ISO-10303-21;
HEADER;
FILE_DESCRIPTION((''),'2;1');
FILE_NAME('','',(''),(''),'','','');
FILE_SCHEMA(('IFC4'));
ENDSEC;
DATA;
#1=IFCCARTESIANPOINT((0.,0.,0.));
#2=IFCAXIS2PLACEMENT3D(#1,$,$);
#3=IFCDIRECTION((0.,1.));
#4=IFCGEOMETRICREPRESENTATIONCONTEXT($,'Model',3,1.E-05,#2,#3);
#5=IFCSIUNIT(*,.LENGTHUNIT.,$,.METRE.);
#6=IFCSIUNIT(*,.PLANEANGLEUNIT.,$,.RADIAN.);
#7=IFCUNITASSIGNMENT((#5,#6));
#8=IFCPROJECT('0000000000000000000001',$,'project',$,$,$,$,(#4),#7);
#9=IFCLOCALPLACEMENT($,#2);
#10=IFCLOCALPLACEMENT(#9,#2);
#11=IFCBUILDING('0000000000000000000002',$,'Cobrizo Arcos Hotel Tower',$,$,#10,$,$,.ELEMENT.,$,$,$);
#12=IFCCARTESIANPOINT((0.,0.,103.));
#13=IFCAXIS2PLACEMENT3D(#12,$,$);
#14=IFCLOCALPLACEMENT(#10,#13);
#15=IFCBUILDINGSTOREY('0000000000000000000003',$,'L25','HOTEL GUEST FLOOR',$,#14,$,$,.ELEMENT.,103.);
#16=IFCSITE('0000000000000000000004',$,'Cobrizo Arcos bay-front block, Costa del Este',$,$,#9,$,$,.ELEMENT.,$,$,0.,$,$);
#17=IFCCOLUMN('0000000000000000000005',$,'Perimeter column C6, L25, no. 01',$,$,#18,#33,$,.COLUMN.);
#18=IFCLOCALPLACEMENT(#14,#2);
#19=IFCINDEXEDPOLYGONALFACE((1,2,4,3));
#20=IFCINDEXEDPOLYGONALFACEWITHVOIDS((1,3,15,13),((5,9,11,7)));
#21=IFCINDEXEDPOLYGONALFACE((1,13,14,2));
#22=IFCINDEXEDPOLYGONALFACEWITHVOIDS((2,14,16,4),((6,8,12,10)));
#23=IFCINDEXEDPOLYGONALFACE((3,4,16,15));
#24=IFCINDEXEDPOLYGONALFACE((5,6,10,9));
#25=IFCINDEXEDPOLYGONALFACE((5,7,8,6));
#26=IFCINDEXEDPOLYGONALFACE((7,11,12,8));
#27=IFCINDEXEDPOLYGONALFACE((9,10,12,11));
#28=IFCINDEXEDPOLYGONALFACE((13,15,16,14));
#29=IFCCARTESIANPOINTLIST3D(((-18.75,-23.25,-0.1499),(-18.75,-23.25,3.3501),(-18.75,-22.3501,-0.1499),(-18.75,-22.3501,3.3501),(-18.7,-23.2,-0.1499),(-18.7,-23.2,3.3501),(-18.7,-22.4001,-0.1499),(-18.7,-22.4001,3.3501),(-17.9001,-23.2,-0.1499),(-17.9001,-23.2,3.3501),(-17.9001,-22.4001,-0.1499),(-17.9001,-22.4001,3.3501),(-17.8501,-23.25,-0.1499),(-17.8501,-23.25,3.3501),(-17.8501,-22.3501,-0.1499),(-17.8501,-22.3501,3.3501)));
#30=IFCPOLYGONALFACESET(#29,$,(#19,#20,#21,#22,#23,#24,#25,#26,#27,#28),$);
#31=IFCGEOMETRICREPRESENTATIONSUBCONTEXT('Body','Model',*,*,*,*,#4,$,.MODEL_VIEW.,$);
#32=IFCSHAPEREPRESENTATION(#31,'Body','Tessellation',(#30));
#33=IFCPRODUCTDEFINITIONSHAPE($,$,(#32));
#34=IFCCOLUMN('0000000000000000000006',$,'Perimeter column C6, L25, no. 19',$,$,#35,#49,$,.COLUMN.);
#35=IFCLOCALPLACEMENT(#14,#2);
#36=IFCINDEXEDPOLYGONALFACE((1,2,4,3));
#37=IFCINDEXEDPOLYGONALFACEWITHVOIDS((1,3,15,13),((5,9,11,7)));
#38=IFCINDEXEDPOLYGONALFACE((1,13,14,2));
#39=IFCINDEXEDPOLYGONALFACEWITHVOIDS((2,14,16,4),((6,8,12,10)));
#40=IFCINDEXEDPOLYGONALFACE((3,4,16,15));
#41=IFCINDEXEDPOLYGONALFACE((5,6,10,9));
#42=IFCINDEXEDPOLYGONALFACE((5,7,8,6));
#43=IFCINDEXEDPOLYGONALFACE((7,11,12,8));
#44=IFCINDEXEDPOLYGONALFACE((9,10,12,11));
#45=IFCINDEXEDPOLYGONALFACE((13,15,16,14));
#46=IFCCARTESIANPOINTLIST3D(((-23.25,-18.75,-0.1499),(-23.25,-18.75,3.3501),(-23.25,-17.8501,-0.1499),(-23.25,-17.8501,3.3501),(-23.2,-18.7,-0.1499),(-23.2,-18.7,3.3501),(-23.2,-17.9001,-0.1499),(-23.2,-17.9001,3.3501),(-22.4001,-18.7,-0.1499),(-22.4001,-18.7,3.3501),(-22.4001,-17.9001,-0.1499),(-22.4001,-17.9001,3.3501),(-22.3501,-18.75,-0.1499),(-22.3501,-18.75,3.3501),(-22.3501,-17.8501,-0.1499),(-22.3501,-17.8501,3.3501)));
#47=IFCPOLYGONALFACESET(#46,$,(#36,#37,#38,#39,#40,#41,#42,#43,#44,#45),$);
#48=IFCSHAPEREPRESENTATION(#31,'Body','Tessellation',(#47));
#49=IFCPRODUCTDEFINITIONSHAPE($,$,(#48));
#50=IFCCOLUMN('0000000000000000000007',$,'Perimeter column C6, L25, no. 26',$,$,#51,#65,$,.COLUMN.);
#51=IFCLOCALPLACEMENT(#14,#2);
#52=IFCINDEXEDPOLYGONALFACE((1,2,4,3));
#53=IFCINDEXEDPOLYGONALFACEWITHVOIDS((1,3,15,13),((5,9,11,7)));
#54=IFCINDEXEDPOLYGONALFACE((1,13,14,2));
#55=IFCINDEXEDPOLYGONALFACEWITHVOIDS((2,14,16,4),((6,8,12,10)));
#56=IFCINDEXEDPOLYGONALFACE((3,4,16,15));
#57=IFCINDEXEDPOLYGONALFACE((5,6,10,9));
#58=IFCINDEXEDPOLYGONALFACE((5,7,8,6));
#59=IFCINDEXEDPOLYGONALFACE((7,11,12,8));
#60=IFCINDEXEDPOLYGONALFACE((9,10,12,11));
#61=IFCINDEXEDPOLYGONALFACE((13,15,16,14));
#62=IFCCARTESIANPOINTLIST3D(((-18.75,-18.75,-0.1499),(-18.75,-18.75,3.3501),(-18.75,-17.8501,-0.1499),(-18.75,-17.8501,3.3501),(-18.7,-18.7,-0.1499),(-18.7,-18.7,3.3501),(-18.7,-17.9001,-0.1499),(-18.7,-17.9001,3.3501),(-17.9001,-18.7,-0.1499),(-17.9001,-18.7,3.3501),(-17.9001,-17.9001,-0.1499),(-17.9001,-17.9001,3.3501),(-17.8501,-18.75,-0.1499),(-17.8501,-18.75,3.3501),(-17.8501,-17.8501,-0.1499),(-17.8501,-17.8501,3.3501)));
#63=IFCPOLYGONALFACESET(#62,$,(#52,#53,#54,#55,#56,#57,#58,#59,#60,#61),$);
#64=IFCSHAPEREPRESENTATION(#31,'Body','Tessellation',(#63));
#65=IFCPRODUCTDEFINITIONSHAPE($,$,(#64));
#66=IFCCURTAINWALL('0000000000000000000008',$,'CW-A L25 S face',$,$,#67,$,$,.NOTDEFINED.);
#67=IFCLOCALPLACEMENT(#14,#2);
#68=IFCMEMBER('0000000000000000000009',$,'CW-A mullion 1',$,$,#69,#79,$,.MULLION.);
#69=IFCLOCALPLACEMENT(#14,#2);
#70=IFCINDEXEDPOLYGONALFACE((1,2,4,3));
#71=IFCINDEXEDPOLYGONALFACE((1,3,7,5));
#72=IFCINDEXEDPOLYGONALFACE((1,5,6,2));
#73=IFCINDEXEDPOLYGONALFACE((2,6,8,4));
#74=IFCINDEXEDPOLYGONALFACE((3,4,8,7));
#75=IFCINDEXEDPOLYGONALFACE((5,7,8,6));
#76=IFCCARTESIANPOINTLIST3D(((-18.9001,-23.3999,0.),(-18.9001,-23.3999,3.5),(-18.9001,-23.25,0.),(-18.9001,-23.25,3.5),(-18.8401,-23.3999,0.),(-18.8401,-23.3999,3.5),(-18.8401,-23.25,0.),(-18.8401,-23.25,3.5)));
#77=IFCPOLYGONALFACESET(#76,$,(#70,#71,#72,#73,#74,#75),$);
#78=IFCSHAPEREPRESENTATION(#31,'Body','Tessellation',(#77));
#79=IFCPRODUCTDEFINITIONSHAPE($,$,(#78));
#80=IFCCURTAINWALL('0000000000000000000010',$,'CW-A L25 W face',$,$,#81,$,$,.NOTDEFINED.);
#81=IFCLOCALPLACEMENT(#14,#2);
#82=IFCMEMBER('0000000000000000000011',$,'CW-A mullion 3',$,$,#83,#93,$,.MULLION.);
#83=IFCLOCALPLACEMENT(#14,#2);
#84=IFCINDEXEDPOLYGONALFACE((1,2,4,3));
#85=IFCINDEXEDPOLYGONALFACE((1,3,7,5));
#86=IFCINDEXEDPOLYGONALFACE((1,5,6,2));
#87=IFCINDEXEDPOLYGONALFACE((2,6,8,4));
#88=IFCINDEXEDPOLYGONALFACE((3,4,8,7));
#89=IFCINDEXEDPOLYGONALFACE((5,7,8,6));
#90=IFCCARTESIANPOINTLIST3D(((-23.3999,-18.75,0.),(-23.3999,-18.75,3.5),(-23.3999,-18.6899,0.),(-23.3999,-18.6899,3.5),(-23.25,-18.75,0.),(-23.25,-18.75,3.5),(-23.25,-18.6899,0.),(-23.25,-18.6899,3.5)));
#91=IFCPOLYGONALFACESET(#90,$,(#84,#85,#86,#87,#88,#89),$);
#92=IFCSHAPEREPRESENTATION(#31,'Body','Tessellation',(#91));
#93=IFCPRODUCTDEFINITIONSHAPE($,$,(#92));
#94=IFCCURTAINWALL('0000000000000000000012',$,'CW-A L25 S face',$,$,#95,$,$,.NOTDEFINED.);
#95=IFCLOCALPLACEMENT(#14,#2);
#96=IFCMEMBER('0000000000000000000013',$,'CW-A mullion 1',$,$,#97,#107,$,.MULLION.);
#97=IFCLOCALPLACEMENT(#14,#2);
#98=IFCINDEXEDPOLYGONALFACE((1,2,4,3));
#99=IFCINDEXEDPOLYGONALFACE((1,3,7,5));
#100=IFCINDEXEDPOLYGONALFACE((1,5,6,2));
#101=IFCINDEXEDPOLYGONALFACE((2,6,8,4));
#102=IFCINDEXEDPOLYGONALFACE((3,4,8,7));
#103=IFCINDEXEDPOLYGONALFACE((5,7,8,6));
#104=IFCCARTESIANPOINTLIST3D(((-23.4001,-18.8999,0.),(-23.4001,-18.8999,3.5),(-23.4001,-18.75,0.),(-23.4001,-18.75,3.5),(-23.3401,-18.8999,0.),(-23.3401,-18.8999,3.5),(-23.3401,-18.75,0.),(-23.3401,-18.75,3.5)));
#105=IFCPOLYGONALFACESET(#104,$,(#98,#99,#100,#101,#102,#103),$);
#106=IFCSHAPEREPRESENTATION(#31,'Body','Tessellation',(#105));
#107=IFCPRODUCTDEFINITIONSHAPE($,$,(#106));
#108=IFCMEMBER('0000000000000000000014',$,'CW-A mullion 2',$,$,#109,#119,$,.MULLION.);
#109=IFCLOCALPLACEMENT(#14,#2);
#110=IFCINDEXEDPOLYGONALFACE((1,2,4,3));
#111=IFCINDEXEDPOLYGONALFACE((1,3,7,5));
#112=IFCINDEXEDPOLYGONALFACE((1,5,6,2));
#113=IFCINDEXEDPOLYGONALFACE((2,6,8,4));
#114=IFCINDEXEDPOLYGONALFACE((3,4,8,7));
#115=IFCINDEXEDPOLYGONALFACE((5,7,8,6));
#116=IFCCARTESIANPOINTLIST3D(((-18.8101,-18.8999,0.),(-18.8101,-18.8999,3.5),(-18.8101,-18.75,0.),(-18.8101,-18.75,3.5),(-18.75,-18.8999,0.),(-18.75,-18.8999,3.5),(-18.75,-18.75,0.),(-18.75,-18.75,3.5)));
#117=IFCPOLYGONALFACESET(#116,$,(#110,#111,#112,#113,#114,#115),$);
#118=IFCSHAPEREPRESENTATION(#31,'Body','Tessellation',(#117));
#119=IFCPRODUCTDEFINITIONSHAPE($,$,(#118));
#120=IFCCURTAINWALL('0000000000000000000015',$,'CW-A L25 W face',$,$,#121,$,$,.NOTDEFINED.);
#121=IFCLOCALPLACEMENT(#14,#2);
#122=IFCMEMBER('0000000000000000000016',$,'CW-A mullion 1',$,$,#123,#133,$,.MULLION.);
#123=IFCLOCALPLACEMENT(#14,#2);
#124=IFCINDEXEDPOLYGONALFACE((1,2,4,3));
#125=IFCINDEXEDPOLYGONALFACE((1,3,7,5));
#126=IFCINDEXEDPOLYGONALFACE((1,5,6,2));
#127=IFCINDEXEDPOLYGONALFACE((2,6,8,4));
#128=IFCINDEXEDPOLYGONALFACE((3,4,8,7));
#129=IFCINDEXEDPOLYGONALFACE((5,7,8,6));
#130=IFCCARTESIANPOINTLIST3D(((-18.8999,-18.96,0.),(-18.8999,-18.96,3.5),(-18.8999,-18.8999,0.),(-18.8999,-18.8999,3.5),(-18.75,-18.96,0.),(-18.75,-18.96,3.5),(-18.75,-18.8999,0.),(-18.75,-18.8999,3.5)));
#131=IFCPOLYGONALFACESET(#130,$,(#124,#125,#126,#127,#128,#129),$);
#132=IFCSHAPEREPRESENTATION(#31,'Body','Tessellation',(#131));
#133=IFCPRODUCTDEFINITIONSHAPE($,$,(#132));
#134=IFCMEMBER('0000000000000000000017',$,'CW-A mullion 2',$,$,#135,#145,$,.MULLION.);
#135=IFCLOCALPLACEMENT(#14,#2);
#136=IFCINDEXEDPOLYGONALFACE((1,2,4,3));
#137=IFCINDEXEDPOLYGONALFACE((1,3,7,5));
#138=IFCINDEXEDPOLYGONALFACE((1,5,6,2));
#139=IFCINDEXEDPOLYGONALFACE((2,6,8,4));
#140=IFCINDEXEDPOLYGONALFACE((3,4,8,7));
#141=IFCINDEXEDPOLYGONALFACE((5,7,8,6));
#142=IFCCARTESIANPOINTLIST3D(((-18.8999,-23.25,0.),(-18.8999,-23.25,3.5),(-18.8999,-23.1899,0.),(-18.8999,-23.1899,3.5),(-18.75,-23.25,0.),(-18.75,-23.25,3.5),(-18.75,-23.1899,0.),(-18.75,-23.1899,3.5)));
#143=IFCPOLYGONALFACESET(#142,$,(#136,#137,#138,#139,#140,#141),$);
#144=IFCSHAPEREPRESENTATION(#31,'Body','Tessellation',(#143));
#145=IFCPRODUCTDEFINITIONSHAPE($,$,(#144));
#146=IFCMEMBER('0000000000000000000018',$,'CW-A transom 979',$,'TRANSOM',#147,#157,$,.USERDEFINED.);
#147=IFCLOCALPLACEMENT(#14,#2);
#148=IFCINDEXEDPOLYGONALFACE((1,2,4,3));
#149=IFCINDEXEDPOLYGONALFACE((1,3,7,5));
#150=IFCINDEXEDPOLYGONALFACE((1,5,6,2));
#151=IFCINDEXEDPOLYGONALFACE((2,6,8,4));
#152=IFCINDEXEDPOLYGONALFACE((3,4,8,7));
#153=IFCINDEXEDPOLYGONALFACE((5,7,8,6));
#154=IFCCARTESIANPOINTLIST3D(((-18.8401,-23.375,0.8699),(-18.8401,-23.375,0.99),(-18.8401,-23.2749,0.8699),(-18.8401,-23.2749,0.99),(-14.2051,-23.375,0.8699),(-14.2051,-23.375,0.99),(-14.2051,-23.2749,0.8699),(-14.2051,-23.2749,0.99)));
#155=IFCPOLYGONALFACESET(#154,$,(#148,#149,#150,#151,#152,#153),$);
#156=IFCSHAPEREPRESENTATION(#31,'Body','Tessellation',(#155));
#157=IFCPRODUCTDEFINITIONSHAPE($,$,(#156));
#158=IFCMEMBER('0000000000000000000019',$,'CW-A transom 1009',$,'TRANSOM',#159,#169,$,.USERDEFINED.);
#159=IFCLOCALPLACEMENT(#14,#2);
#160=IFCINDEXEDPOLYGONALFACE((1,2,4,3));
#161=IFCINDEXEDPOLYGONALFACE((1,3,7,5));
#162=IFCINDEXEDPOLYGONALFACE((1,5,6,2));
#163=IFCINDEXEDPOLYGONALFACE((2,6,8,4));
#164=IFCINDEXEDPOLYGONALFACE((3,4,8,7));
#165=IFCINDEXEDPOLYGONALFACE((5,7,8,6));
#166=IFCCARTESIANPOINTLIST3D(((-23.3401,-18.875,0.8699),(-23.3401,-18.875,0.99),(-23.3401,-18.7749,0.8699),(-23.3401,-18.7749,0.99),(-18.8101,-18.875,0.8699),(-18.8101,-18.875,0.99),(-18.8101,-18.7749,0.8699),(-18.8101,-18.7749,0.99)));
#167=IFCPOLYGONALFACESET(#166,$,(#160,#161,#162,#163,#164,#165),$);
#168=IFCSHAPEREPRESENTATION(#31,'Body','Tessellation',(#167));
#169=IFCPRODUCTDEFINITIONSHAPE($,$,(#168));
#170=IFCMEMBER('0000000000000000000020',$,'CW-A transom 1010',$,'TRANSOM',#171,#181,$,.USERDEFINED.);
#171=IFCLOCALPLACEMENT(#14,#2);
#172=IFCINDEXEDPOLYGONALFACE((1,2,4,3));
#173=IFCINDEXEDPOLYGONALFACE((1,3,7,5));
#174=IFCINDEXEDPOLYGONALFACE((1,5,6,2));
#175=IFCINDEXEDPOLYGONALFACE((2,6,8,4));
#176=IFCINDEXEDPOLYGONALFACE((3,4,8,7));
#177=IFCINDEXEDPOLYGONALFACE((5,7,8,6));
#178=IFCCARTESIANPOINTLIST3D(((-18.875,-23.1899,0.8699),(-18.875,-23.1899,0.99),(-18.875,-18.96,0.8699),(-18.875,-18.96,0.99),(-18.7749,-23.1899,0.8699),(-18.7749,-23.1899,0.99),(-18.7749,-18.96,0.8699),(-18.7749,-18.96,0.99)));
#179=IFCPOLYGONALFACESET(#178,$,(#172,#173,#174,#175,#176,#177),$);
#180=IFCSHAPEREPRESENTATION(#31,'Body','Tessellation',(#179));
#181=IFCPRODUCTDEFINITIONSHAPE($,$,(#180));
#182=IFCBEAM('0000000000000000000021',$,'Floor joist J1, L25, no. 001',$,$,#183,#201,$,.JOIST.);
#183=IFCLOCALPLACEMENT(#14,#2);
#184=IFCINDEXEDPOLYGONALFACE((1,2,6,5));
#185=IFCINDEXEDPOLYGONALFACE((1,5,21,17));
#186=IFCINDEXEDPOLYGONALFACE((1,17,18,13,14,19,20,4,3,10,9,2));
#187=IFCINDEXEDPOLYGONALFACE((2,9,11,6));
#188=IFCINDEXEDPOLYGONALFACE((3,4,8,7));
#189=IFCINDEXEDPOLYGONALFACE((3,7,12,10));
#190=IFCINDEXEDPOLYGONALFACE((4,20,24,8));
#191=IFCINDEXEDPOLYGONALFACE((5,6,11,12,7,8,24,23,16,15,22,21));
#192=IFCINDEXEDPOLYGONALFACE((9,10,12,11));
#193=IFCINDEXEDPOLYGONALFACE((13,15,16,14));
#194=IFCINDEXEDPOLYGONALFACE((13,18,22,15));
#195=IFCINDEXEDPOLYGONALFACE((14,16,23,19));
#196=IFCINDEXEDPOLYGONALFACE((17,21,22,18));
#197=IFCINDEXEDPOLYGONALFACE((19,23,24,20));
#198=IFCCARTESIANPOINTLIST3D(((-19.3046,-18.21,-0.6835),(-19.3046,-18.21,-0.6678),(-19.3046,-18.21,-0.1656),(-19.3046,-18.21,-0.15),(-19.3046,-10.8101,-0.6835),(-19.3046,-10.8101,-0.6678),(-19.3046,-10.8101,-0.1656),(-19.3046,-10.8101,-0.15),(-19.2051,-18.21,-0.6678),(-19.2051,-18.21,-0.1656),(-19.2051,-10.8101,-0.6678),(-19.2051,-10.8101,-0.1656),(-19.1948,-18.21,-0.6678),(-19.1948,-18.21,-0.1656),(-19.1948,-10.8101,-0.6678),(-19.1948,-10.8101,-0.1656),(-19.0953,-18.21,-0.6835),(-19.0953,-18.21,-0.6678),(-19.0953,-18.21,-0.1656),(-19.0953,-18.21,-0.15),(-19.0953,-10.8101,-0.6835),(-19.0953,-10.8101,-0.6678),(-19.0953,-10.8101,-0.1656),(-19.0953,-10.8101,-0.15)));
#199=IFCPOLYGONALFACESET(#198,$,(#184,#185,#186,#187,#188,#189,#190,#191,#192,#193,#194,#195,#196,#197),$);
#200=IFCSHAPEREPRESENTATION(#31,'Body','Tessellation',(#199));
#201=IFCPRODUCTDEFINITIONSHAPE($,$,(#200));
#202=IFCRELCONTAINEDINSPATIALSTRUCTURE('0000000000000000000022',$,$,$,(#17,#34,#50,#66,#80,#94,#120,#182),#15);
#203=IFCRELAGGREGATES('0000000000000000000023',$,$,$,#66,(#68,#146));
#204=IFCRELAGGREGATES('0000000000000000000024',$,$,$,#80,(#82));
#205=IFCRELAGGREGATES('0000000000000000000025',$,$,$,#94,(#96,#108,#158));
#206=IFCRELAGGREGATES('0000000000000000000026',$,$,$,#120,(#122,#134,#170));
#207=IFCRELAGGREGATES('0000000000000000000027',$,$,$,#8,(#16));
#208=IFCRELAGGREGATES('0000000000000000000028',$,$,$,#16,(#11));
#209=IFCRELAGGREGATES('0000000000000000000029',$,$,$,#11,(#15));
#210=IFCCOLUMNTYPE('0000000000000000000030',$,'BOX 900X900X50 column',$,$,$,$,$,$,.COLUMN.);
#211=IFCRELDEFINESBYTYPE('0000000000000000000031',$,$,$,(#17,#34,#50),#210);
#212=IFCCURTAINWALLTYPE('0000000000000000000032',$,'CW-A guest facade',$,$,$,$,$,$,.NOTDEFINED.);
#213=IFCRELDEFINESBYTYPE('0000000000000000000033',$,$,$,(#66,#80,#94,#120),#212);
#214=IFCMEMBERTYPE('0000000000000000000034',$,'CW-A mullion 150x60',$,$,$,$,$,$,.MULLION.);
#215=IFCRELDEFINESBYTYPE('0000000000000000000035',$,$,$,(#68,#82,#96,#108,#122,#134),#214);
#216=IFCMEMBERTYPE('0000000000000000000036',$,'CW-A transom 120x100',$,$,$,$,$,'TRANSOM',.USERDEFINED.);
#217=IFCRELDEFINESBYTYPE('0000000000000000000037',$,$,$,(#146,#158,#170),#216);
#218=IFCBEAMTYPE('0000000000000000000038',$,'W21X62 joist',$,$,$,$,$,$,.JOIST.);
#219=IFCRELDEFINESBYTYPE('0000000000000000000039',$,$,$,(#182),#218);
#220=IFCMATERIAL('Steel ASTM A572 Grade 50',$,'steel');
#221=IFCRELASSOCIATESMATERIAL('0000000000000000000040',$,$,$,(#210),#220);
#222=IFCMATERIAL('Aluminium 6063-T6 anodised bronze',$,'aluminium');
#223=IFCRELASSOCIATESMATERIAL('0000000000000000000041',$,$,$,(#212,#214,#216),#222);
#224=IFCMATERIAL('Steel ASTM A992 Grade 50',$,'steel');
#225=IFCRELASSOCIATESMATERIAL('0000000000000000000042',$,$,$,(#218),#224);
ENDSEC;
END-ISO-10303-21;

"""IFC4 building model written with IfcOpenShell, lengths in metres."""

from ifc_helpers import new_model, si_unit, direction, frame, origin, origin_2d, place, context, subcontext, project, spatial, rectangle, hollow_rectangle, i_section, extrude, material, material_profile, profile_set, type_object, element, aggregate, save


model = new_model("IFC4")

# Units and contexts
model_context = context("Model", 3, precision=1e-05, world=origin(), true_north=direction((0.0, 1.0)))
body_context = subcontext(model_context, "Body", "Model", "MODEL_VIEW")
ifc_project = project(units=[si_unit("LENGTHUNIT", "METRE"), si_unit("PLANEANGLEUNIT", "RADIAN")], contexts=[model_context])

# Site, building, storey
site_placement = place(None, origin())
site = spatial("IfcSite", under=ifc_project, at=site_placement, Name="Cobrizo Arcos bay-front block, Costa del Este", CompositionType="ELEMENT", RefElevation=0.0)
building_placement = place(site_placement, origin())
building = spatial("IfcBuilding", under=site, at=building_placement, Name="Cobrizo Arcos Hotel Tower", CompositionType="ELEMENT")
storey_placement = place(building_placement, frame((0.0, 0.0, 103.0)))
storey = spatial("IfcBuildingStorey", under=building, at=storey_placement, Name="L25", Description="HOTEL GUEST FLOOR", CompositionType="ELEMENT", Elevation=103.0)

# Columns
ifc_material_1 = material(Name="Steel ASTM A572 Grade 50", Category="steel")
ifc_material_profile_1 = material_profile(ifc_material_1, hollow_rectangle(XDim=0.8999, YDim=0.8999, WallThickness=0.05, at=origin_2d()), Name="BOX 900X900X50")
ifc_profile_set_1 = profile_set([ifc_material_profile_1], Name="Steel ASTM A572 Grade 50")
column_type = type_object("IfcColumnType", Name="BOX 900X900X50 column", PredefinedType="COLUMN", material=ifc_profile_set_1)
for number, where, z_axis, x_axis, name in (
    (1, (-18.3, -22.8, -0.1499), (0.0, 0.0, 1.0), (1.0, 0.0, 0.0), "Perimeter column C6, L25, no. 01"),
    (2, (-22.8, -18.3, -0.1499), (0.0, 0.0, 1.0), (1.0, 0.0, 0.0), "Perimeter column C6, L25, no. 19"),
    (3, (-18.3, -18.3, -0.1499), (0.0, 0.0, 1.0), (1.0, 0.0, 0.0), "Perimeter column C6, L25, no. 26"),
):
    element("IfcColumn", number, at=place(storey_placement, frame(where, z_axis=z_axis, x_axis=x_axis)), inside=storey, type_object=column_type, Name=name, PredefinedType="COLUMN", context=body_context, shape_type="SweptSolid", body=[
        extrude(hollow_rectangle(XDim=0.8999, YDim=0.8999, WallThickness=0.05, at=origin_2d()), origin(), (0.0, 0.0, 1.0), 3.5),
    ])

# Curtain walls, members
ifc_material_2 = material(Name="Aluminium 6063-T6 anodised bronze", Category="aluminium")
curtain_wall_type = type_object("IfcCurtainWallType", Name="CW-A guest facade", PredefinedType="NOTDEFINED", material=ifc_material_2)
curtain_wall_1_placement = place(storey_placement, origin())
curtain_wall_1 = element("IfcCurtainWall", 4, at=curtain_wall_1_placement, inside=storey, type_object=curtain_wall_type, Name="CW-A L25 S face", PredefinedType="NOTDEFINED")
ifc_material_profile_2 = material_profile(ifc_material_2, rectangle(XDim=0.1499, YDim=0.0601, at=origin_2d()), Name="CW-A mullion 150x60")
ifc_profile_set_2 = profile_set([ifc_material_profile_2], Name="Aluminium 6063-T6 anodised bronze")
member_type_1 = type_object("IfcMemberType", Name="CW-A mullion 150x60", PredefinedType="MULLION", material=ifc_profile_set_2)
member_1_placement = place(storey_placement, frame((-18.8701, -23.325, 0.0), z_axis=(0.0, 0.0, 1.0), x_axis=(0.0, -1.0, 0.0)))
member_1 = element("IfcMember", 5, at=member_1_placement, type_object=member_type_1, Name="CW-A mullion 1", PredefinedType="MULLION", context=body_context, shape_type="SweptSolid", body=[
    extrude(rectangle(XDim=0.1499, YDim=0.0601, at=origin_2d()), origin(), (0.0, 0.0, 1.0), 3.5),
])
curtain_wall_2_placement = place(storey_placement, origin())
curtain_wall_2 = element("IfcCurtainWall", 6, at=curtain_wall_2_placement, inside=storey, type_object=curtain_wall_type, Name="CW-A L25 W face", PredefinedType="NOTDEFINED")
member_2_placement = place(storey_placement, frame((-23.325, -18.72, 0.0), z_axis=(0.0, 0.0, 1.0), x_axis=(-1.0, 0.0, 0.0)))
member_2 = element("IfcMember", 7, at=member_2_placement, type_object=member_type_1, Name="CW-A mullion 3", PredefinedType="MULLION", context=body_context, shape_type="SweptSolid", body=[
    extrude(rectangle(XDim=0.1499, YDim=0.0601, at=origin_2d()), origin(), (0.0, 0.0, 1.0), 3.5),
])

# Curtain walls, members
curtain_wall_3_placement = place(storey_placement, origin())
curtain_wall_3 = element("IfcCurtainWall", 8, at=curtain_wall_3_placement, inside=storey, type_object=curtain_wall_type, Name="CW-A L25 S face", PredefinedType="NOTDEFINED")
member_3_placement = place(storey_placement, frame((-23.3701, -18.825, 0.0), z_axis=(0.0, 0.0, 1.0), x_axis=(0.0, -1.0, 0.0)))
member_3 = element("IfcMember", 9, at=member_3_placement, type_object=member_type_1, Name="CW-A mullion 1", PredefinedType="MULLION", context=body_context, shape_type="SweptSolid", body=[
    extrude(rectangle(XDim=0.1499, YDim=0.0601, at=origin_2d()), origin(), (0.0, 0.0, 1.0), 3.5),
])
member_4_placement = place(storey_placement, frame((-18.78, -18.825, 0.0), z_axis=(0.0, 0.0, 1.0), x_axis=(0.0, -1.0, 0.0)))
member_4 = element("IfcMember", 10, at=member_4_placement, type_object=member_type_1, Name="CW-A mullion 2", PredefinedType="MULLION", context=body_context, shape_type="SweptSolid", body=[
    extrude(rectangle(XDim=0.1499, YDim=0.0601, at=origin_2d()), origin(), (0.0, 0.0, 1.0), 3.5),
])
curtain_wall_4_placement = place(storey_placement, origin())
curtain_wall_4 = element("IfcCurtainWall", 11, at=curtain_wall_4_placement, inside=storey, type_object=curtain_wall_type, Name="CW-A L25 W face", PredefinedType="NOTDEFINED")
member_5_placement = place(storey_placement, frame((-18.825, -18.9299, 0.0), z_axis=(0.0, 0.0, 1.0), x_axis=(-1.0, 0.0, 0.0)))
member_5 = element("IfcMember", 12, at=member_5_placement, type_object=member_type_1, Name="CW-A mullion 1", PredefinedType="MULLION", context=body_context, shape_type="SweptSolid", body=[
    extrude(rectangle(XDim=0.1499, YDim=0.0601, at=origin_2d()), origin(), (0.0, 0.0, 1.0), 3.5),
])
member_6_placement = place(storey_placement, frame((-18.825, -23.22, 0.0), z_axis=(0.0, 0.0, 1.0), x_axis=(-1.0, 0.0, 0.0)))
member_6 = element("IfcMember", 13, at=member_6_placement, type_object=member_type_1, Name="CW-A mullion 2", PredefinedType="MULLION", context=body_context, shape_type="SweptSolid", body=[
    extrude(rectangle(XDim=0.1499, YDim=0.0601, at=origin_2d()), origin(), (0.0, 0.0, 1.0), 3.5),
])

# Members
ifc_material_profile_3 = material_profile(ifc_material_2, rectangle(XDim=0.1001, YDim=0.1201, at=origin_2d()), Name="CW-A transom 120x100")
ifc_profile_set_3 = profile_set([ifc_material_profile_3], Name="Aluminium 6063-T6 anodised bronze")
member_type_2 = type_object("IfcMemberType", Name="CW-A transom 120x100", ElementType="TRANSOM", PredefinedType="USERDEFINED", material=ifc_profile_set_3)
member_7_placement = place(storey_placement, frame((-18.8401, -23.325, 0.9299), z_axis=(1.0, 0.0, 0.0), x_axis=(0.0, 1.0, 0.0)))
member_7 = element("IfcMember", 14, at=member_7_placement, type_object=member_type_2, Name="CW-A transom 979", ObjectType="TRANSOM", PredefinedType="USERDEFINED", context=body_context, shape_type="SweptSolid", body=[
    extrude(rectangle(XDim=0.1001, YDim=0.1201, at=origin_2d()), origin(), (0.0, 0.0, 1.0), 4.635),
])
aggregate(curtain_wall_1, [member_1, member_7])
member_8_placement = place(storey_placement, frame((-23.3401, -18.825, 0.9299), z_axis=(1.0, 0.0, 0.0), x_axis=(0.0, 1.0, 0.0)))
member_8 = element("IfcMember", 15, at=member_8_placement, type_object=member_type_2, Name="CW-A transom 1009", ObjectType="TRANSOM", PredefinedType="USERDEFINED", context=body_context, shape_type="SweptSolid", body=[
    extrude(rectangle(XDim=0.1001, YDim=0.1201, at=origin_2d()), origin(), (0.0, 0.0, 1.0), 4.53),
])
member_9_placement = place(storey_placement, frame((-18.825, -18.96, 0.9299), z_axis=(0.0, -1.0, 0.0), x_axis=(1.0, 0.0, 0.0)))
member_9 = element("IfcMember", 16, at=member_9_placement, type_object=member_type_2, Name="CW-A transom 1010", ObjectType="TRANSOM", PredefinedType="USERDEFINED", context=body_context, shape_type="SweptSolid", body=[
    extrude(rectangle(XDim=0.1001, YDim=0.1201, at=origin_2d()), origin(), (0.0, 0.0, 1.0), 4.23),
])

# Beam
ifc_material_3 = material(Name="Steel ASTM A992 Grade 50", Category="steel")
ifc_material_profile_4 = material_profile(ifc_material_3, i_section(OverallWidth=0.2092, OverallDepth=0.5334, WebThickness=0.0103, FlangeThickness=0.0156, at=origin_2d()), Name="W21X62")
ifc_profile_set_4 = profile_set([ifc_material_profile_4], Name="Steel ASTM A992 Grade 50")
beam_type_1 = type_object("IfcBeamType", Name="W21X62 joist", PredefinedType="JOIST", material=ifc_profile_set_4)
beam_1_placement = place(storey_placement, frame((-19.2, -18.21, -0.4167), z_axis=(0.0, 1.0, 0.0), x_axis=(-1.0, 0.0, 0.0)))
element("IfcBeam", 17, at=beam_1_placement, inside=storey, type_object=beam_type_1, Name="Floor joist J1, L25, no. 001", PredefinedType="JOIST", context=body_context, shape_type="SweptSolid", body=[
    extrude(i_section(OverallWidth=0.2092, OverallDepth=0.5334, WebThickness=0.0103, FlangeThickness=0.0156, at=origin_2d()), origin(), (0.0, 0.0, 1.0), 7.3999),
])

aggregate(curtain_wall_2, [member_2])
aggregate(curtain_wall_3, [member_3, member_4, member_8])
aggregate(curtain_wall_4, [member_5, member_6, member_9])

save(model, "model.ifc")
